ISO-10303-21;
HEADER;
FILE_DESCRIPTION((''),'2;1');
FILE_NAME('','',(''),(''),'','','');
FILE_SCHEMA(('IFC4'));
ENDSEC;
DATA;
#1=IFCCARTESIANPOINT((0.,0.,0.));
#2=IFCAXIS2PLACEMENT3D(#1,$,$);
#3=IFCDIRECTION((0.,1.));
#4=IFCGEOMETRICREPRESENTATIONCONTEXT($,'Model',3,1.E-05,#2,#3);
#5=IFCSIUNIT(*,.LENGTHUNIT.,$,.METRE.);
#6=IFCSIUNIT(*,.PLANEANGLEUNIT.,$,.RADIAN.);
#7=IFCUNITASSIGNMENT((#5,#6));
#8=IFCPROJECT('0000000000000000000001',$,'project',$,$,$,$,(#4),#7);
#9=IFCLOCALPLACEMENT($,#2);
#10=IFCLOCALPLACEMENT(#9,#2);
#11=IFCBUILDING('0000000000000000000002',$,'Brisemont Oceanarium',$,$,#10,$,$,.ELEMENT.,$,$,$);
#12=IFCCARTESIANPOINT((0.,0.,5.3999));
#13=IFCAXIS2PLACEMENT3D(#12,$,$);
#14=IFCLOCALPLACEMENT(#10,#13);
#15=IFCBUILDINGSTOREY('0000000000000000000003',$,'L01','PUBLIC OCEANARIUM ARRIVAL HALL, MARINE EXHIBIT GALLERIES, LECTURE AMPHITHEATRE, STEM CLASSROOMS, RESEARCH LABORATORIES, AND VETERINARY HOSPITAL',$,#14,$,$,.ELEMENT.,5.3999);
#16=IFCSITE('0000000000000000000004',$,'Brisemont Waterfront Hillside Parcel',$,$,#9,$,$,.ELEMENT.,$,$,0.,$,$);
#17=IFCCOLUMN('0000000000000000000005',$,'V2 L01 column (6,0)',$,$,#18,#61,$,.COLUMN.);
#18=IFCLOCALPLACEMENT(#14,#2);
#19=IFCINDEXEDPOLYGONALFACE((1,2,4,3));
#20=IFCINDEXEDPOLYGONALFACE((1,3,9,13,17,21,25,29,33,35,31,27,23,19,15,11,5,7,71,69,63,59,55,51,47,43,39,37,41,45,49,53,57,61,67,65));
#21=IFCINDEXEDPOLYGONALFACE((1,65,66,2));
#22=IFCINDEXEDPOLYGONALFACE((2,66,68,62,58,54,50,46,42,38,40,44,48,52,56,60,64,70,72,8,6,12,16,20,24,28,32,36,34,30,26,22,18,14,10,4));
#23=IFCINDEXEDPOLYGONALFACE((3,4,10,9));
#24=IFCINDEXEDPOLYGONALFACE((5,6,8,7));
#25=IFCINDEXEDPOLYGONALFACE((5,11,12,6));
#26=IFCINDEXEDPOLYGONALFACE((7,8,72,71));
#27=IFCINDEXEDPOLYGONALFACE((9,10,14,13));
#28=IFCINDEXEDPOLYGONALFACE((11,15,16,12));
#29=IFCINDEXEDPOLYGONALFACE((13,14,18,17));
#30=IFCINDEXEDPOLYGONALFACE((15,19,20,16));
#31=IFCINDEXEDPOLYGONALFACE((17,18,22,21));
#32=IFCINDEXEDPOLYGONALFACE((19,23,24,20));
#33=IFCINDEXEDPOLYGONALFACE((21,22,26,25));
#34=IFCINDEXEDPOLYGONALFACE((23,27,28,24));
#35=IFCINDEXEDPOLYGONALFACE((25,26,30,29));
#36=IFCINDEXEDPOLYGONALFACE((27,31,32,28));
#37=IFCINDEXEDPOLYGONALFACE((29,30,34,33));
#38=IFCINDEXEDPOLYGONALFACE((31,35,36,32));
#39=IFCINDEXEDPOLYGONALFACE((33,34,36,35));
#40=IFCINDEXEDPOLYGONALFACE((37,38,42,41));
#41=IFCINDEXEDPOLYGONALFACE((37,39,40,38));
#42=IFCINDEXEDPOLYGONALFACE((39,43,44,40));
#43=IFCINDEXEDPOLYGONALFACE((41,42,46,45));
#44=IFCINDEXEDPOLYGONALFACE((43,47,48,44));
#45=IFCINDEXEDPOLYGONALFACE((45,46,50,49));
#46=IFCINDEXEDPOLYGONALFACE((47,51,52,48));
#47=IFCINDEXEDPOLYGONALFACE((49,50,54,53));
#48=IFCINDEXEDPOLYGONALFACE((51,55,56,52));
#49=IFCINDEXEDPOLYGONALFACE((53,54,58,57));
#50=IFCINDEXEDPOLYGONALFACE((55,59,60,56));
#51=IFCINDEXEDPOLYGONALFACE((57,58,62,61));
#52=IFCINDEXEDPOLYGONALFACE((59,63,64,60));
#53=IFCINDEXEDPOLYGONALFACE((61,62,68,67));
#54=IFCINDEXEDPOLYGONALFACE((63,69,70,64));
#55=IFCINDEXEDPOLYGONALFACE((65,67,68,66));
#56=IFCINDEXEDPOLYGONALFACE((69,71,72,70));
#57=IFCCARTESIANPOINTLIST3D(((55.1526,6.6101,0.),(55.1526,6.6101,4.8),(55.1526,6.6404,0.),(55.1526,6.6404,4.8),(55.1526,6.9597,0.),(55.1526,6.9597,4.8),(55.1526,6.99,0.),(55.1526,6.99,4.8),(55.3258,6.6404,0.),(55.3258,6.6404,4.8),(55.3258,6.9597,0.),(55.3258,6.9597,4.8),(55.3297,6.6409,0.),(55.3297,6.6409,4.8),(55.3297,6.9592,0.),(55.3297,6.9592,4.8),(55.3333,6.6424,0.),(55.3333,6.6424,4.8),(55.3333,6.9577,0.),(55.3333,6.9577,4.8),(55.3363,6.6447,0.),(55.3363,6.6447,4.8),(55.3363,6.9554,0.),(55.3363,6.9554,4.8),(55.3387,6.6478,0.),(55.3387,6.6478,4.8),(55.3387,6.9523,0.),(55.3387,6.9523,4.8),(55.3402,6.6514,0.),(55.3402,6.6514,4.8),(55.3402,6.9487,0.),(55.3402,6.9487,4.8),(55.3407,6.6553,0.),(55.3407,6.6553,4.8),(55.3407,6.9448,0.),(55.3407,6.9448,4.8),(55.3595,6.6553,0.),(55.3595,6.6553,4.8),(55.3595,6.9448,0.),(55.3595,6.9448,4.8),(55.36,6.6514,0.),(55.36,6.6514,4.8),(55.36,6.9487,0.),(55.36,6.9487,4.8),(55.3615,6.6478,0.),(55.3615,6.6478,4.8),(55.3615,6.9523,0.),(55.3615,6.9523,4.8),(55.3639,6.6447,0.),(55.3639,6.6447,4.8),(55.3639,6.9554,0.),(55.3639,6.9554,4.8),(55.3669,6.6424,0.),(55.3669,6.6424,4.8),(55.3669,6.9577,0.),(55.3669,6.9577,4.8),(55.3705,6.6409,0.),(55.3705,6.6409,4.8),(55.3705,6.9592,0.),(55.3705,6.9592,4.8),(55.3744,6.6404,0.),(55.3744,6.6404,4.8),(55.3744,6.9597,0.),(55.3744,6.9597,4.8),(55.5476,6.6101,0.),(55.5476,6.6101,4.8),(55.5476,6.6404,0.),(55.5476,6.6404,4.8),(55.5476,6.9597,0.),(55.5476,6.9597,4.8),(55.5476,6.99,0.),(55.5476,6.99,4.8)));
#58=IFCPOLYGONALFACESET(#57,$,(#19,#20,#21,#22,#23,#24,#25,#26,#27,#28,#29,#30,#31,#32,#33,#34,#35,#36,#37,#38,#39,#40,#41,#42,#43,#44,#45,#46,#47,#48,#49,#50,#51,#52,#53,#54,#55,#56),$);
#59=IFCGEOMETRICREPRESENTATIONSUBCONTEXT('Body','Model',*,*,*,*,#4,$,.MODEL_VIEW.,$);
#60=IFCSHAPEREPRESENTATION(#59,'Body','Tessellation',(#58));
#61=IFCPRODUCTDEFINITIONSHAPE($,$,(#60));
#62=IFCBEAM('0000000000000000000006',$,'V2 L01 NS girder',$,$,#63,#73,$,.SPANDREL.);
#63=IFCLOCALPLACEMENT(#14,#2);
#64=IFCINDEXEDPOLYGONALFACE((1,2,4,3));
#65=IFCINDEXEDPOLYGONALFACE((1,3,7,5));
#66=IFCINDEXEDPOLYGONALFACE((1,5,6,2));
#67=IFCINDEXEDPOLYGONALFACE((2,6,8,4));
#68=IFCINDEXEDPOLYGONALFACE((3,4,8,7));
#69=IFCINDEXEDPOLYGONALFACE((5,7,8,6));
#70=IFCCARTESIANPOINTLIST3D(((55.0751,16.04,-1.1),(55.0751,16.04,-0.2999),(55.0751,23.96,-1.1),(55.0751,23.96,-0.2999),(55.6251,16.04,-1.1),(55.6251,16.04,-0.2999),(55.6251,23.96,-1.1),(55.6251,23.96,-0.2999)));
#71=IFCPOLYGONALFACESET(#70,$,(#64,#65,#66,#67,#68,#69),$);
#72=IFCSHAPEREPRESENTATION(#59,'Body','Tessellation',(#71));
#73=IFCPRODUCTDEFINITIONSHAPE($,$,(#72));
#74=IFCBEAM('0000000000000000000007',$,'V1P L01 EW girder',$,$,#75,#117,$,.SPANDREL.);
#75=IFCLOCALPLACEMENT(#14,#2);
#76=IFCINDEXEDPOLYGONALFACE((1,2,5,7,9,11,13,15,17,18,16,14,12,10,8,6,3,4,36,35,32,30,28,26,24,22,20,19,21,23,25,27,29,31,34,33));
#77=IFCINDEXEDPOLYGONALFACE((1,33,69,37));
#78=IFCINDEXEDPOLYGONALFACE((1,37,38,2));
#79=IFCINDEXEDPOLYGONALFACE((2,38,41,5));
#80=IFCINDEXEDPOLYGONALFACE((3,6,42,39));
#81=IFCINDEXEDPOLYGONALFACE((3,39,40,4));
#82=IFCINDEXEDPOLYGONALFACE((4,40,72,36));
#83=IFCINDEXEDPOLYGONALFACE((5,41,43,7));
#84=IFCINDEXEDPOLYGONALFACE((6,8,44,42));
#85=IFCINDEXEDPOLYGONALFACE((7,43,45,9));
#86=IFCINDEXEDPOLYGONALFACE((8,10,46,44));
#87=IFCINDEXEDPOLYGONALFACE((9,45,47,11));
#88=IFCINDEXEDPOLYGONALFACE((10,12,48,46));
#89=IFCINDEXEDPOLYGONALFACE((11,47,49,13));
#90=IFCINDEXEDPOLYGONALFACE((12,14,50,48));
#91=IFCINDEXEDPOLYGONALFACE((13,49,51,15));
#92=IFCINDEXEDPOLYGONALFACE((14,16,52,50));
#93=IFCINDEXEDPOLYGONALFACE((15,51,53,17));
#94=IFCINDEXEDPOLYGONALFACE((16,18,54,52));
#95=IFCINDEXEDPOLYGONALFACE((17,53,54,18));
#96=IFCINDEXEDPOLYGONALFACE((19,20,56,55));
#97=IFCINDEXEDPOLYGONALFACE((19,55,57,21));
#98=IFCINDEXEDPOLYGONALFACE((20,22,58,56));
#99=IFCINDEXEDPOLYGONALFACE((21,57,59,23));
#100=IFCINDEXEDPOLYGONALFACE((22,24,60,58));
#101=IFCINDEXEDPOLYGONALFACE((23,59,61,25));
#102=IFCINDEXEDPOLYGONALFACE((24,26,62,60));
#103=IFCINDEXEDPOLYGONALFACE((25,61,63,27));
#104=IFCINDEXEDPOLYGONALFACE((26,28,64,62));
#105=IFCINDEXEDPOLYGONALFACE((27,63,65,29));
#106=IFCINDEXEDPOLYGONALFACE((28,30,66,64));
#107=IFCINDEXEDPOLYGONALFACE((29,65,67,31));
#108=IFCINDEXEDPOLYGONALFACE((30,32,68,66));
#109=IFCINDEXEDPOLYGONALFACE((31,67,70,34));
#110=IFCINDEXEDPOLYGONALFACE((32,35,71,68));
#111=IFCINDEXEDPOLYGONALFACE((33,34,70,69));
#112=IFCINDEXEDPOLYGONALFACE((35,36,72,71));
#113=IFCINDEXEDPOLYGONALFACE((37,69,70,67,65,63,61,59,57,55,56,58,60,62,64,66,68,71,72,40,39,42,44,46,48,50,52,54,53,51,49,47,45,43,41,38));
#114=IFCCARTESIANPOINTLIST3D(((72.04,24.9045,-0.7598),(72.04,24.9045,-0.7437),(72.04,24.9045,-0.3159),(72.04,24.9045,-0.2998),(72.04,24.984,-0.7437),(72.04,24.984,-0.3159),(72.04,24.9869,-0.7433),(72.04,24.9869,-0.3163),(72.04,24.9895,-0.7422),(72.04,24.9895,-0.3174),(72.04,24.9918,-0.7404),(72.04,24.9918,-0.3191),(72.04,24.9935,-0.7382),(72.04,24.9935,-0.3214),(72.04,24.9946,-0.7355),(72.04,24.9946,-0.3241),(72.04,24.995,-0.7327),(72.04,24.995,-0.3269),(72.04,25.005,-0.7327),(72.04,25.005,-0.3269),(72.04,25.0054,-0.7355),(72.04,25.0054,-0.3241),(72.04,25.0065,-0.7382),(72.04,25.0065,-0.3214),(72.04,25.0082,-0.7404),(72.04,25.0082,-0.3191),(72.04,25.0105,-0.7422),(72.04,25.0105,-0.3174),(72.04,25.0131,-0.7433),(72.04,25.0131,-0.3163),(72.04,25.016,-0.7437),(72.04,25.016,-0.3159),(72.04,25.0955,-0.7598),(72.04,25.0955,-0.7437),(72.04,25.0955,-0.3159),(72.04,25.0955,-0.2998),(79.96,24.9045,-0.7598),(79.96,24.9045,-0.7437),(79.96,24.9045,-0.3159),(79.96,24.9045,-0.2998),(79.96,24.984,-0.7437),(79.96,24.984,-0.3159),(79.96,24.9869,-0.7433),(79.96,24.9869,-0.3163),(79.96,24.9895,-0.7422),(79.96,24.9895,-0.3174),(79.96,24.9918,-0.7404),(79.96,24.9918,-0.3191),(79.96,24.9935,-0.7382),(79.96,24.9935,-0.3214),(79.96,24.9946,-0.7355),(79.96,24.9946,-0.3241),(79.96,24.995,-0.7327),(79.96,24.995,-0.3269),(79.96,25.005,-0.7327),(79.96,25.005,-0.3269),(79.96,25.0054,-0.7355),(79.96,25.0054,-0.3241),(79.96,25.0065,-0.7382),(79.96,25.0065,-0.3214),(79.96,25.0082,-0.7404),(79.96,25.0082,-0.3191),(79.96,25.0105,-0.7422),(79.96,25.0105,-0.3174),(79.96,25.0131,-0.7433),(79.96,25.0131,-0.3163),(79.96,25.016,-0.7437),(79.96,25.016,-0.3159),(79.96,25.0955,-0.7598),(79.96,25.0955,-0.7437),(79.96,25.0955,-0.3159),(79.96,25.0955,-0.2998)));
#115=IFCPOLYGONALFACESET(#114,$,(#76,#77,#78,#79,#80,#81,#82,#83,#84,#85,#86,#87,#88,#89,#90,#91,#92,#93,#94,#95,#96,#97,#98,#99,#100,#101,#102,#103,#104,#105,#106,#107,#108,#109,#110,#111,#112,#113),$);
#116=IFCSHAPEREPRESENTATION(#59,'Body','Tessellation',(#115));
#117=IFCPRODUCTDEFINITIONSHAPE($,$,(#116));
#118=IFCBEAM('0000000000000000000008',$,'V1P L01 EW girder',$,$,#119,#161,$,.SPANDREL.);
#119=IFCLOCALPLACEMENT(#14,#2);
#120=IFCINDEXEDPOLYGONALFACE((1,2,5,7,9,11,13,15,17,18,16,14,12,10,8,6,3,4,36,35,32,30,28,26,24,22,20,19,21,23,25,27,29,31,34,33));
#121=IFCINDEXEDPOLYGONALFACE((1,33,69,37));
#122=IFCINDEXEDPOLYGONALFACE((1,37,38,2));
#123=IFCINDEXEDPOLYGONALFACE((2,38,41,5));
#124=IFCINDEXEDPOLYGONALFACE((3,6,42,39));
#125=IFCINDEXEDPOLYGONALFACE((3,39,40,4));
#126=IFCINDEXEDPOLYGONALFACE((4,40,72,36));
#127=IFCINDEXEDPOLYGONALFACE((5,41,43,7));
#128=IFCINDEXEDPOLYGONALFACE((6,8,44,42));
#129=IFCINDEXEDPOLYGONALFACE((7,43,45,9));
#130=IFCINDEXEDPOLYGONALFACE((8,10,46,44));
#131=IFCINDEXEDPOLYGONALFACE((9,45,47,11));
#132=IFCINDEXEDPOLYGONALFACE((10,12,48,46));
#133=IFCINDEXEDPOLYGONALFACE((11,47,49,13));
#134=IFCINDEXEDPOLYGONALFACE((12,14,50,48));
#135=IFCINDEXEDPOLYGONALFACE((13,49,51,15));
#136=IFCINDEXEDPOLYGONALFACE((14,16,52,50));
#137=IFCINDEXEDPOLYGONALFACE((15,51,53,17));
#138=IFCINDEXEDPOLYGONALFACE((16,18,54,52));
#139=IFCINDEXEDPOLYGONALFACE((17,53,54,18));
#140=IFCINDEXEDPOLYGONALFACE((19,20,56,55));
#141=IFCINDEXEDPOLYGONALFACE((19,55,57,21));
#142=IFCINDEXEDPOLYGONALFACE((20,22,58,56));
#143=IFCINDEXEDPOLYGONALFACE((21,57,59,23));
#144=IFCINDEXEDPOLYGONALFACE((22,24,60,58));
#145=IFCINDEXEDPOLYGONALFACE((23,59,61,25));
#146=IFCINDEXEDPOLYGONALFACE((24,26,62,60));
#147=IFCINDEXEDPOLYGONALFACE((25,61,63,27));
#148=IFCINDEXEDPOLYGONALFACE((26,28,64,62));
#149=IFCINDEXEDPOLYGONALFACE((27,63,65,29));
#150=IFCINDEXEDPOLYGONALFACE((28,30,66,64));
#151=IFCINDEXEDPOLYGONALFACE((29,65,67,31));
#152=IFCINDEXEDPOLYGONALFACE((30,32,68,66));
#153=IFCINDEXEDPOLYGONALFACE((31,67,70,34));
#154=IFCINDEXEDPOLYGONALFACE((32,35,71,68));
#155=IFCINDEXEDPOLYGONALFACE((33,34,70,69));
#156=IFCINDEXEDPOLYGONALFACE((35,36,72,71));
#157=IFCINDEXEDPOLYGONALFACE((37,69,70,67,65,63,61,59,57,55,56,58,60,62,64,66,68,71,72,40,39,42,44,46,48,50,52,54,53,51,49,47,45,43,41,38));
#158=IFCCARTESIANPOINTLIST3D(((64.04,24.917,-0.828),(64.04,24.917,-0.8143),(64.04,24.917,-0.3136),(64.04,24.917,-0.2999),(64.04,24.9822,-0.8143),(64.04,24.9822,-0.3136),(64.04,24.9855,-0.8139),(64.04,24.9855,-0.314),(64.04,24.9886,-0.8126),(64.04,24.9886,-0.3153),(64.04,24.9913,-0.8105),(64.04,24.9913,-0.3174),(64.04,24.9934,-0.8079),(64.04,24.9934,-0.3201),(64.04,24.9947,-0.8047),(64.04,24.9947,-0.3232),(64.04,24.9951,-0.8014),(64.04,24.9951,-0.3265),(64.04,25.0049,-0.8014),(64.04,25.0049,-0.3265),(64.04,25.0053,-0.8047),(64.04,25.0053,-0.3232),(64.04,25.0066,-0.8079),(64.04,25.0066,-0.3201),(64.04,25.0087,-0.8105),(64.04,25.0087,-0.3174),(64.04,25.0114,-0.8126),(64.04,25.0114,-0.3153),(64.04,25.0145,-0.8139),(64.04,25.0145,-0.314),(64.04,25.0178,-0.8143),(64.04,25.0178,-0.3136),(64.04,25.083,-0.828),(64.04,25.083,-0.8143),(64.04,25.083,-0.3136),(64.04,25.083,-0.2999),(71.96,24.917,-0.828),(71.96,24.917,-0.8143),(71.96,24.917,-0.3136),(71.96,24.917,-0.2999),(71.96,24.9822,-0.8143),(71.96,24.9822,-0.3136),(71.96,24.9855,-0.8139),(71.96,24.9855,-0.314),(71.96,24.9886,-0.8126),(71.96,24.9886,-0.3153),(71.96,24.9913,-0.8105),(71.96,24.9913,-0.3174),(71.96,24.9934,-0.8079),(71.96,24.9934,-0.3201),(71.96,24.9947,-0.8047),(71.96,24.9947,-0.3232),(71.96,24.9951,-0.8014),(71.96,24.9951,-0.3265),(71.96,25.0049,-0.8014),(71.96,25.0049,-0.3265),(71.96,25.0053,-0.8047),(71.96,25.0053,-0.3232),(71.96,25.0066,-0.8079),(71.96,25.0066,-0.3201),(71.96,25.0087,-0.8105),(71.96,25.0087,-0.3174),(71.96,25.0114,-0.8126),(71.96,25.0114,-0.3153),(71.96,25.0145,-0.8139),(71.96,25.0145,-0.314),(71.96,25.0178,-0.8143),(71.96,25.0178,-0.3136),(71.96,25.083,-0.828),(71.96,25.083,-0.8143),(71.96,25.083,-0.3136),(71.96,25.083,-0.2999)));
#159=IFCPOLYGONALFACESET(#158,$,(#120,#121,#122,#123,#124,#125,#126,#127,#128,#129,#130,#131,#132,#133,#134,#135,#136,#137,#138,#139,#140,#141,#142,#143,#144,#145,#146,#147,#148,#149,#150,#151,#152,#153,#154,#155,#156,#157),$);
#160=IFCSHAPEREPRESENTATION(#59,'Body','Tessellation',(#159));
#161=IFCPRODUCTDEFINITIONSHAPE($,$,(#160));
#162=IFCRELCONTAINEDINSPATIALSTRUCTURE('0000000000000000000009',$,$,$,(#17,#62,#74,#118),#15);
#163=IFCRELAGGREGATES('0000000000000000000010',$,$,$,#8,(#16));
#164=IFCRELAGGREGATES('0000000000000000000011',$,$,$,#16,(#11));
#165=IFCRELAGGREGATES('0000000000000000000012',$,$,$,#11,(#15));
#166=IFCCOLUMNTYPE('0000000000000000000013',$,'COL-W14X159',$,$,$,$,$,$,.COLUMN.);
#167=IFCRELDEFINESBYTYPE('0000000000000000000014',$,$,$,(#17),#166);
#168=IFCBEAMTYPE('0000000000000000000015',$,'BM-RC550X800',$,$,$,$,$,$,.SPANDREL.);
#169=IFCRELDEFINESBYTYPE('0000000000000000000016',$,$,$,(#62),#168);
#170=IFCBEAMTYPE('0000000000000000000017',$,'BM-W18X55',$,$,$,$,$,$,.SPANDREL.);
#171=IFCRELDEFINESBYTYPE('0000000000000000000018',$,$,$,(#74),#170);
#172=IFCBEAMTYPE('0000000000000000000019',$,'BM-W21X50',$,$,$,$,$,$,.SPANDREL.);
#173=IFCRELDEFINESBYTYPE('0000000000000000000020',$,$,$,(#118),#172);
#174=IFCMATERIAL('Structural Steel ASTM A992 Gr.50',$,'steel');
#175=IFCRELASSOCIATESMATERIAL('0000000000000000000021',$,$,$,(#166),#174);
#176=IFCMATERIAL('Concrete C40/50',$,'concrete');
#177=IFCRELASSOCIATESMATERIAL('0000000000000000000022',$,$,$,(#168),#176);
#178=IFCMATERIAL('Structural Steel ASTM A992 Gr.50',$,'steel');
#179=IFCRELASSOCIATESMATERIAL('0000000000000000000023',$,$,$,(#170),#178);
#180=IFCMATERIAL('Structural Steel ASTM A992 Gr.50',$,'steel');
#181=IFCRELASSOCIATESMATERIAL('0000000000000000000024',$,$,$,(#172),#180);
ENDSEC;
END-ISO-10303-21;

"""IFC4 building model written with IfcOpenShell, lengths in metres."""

from ifc_helpers import new_model, si_unit, direction, frame, origin, origin_2d, place, context, subcontext, project, spatial, rectangle, i_section, extrude, material, material_profile, profile_set, type_object, element, save


model = new_model("IFC4")

# Units and contexts
model_context = context("Model", 3, precision=1e-05, world=origin(), true_north=direction((0.0, 1.0)))
body_context = subcontext(model_context, "Body", "Model", "MODEL_VIEW")
ifc_project = project(units=[si_unit("LENGTHUNIT", "METRE"), si_unit("PLANEANGLEUNIT", "RADIAN")], contexts=[model_context])

# Site, building, storey
site_placement = place(None, origin())
site = spatial("IfcSite", under=ifc_project, at=site_placement, Name="Brisemont Waterfront Hillside Parcel", CompositionType="ELEMENT", RefElevation=0.0)
building_placement = place(site_placement, origin())
building = spatial("IfcBuilding", under=site, at=building_placement, Name="Brisemont Oceanarium", CompositionType="ELEMENT")
storey_placement = place(building_placement, frame((0.0, 0.0, 5.3999)))
storey = spatial("IfcBuildingStorey", under=building, at=storey_placement, Name="L01", Description="PUBLIC OCEANARIUM ARRIVAL HALL, MARINE EXHIBIT GALLERIES, LECTURE AMPHITHEATRE, STEM CLASSROOMS, RESEARCH LABORATORIES, AND VETERINARY HOSPITAL", CompositionType="ELEMENT", Elevation=5.3999)

# Column
ifc_material_1 = material(Name="Structural Steel ASTM A992 Gr.50", Category="steel")
ifc_material_profile_1 = material_profile(ifc_material_1, i_section(OverallWidth=0.395, OverallDepth=0.3799, WebThickness=0.0188, FlangeThickness=0.0303, FilletRadius=0.0149, at=origin_2d()), Name="W14X159")
ifc_profile_set_1 = profile_set([ifc_material_profile_1], Name="Structural Steel ASTM A992 Gr.50")
column_type_1 = type_object("IfcColumnType", Name="COL-W14X159", PredefinedType="COLUMN", material=ifc_profile_set_1)
column_1_placement = place(storey_placement, frame((55.3501, 6.8, 0.0), z_axis=(0.0, 0.0, 1.0), x_axis=(1.0, 0.0, 0.0)))
element("IfcColumn", 1, at=column_1_placement, inside=storey, type_object=column_type_1, Name="V2 L01 column (6,0)", PredefinedType="COLUMN", context=body_context, shape_type="SweptSolid", body=[
    extrude(i_section(OverallWidth=0.395, OverallDepth=0.3799, WebThickness=0.0188, FlangeThickness=0.0303, FilletRadius=0.0149, at=origin_2d()), origin(), (0.0, 0.0, 1.0), 4.8),
])

# Beams
ifc_material_2 = material(Name="Concrete C40/50", Category="concrete")
ifc_material_profile_2 = material_profile(ifc_material_2, rectangle(XDim=0.55, YDim=0.8, at=origin_2d()), Name="RC-BM-550X800")
ifc_profile_set_2 = profile_set([ifc_material_profile_2], Name="Concrete C40/50")
beam_type_1 = type_object("IfcBeamType", Name="BM-RC550X800", PredefinedType="SPANDREL", material=ifc_profile_set_2)
beam_1_placement = place(storey_placement, frame((55.3501, 16.04, -0.7), z_axis=(0.0, 1.0, 0.0), x_axis=(-1.0, 0.0, 0.0)))
element("IfcBeam", 2, at=beam_1_placement, inside=storey, type_object=beam_type_1, Name="V2 L01 NS girder", PredefinedType="SPANDREL", context=body_context, shape_type="SweptSolid", body=[
    extrude(rectangle(XDim=0.55, YDim=0.8, at=origin_2d()), origin(), (0.0, 0.0, 1.0), 7.9199),
])
ifc_material_3 = material(Name="Structural Steel ASTM A992 Gr.50", Category="steel")
ifc_material_profile_3 = material_profile(ifc_material_3, i_section(OverallWidth=0.1909, OverallDepth=0.46, WebThickness=0.01, FlangeThickness=0.0161, FilletRadius=0.011, at=origin_2d()), Name="W18X55")
ifc_profile_set_3 = profile_set([ifc_material_profile_3], Name="Structural Steel ASTM A992 Gr.50")
beam_type_2 = type_object("IfcBeamType", Name="BM-W18X55", PredefinedType="SPANDREL", material=ifc_profile_set_3)
beam_2_placement = place(storey_placement, frame((72.04, 25.0, -0.5298), z_axis=(1.0, 0.0, 0.0), x_axis=(0.0, 1.0, 0.0)))
element("IfcBeam", 3, at=beam_2_placement, inside=storey, type_object=beam_type_2, Name="V1P L01 EW girder", PredefinedType="SPANDREL", context=body_context, shape_type="SweptSolid", body=[
    extrude(i_section(OverallWidth=0.1909, OverallDepth=0.46, WebThickness=0.01, FlangeThickness=0.0161, FilletRadius=0.011, at=origin_2d()), origin(), (0.0, 0.0, 1.0), 7.9199),
])
ifc_material_4 = material(Name="Structural Steel ASTM A992 Gr.50", Category="steel")
ifc_material_profile_4 = material_profile(ifc_material_4, i_section(OverallWidth=0.166, OverallDepth=0.5281, WebThickness=0.0098, FlangeThickness=0.0137, FilletRadius=0.0129, at=origin_2d()), Name="W21X50")
ifc_profile_set_4 = profile_set([ifc_material_profile_4], Name="Structural Steel ASTM A992 Gr.50")
beam_type_3 = type_object("IfcBeamType", Name="BM-W21X50", PredefinedType="SPANDREL", material=ifc_profile_set_4)
beam_3_placement = place(storey_placement, frame((64.04, 25.0, -0.564), z_axis=(1.0, 0.0, 0.0), x_axis=(0.0, 1.0, 0.0)))
element("IfcBeam", 4, at=beam_3_placement, inside=storey, type_object=beam_type_3, Name="V1P L01 EW girder", PredefinedType="SPANDREL", context=body_context, shape_type="SweptSolid", body=[
    extrude(i_section(OverallWidth=0.166, OverallDepth=0.5281, WebThickness=0.0098, FlangeThickness=0.0137, FilletRadius=0.0129, at=origin_2d()), origin(), (0.0, 0.0, 1.0), 7.9199),
])

save(model, "model.ifc")
